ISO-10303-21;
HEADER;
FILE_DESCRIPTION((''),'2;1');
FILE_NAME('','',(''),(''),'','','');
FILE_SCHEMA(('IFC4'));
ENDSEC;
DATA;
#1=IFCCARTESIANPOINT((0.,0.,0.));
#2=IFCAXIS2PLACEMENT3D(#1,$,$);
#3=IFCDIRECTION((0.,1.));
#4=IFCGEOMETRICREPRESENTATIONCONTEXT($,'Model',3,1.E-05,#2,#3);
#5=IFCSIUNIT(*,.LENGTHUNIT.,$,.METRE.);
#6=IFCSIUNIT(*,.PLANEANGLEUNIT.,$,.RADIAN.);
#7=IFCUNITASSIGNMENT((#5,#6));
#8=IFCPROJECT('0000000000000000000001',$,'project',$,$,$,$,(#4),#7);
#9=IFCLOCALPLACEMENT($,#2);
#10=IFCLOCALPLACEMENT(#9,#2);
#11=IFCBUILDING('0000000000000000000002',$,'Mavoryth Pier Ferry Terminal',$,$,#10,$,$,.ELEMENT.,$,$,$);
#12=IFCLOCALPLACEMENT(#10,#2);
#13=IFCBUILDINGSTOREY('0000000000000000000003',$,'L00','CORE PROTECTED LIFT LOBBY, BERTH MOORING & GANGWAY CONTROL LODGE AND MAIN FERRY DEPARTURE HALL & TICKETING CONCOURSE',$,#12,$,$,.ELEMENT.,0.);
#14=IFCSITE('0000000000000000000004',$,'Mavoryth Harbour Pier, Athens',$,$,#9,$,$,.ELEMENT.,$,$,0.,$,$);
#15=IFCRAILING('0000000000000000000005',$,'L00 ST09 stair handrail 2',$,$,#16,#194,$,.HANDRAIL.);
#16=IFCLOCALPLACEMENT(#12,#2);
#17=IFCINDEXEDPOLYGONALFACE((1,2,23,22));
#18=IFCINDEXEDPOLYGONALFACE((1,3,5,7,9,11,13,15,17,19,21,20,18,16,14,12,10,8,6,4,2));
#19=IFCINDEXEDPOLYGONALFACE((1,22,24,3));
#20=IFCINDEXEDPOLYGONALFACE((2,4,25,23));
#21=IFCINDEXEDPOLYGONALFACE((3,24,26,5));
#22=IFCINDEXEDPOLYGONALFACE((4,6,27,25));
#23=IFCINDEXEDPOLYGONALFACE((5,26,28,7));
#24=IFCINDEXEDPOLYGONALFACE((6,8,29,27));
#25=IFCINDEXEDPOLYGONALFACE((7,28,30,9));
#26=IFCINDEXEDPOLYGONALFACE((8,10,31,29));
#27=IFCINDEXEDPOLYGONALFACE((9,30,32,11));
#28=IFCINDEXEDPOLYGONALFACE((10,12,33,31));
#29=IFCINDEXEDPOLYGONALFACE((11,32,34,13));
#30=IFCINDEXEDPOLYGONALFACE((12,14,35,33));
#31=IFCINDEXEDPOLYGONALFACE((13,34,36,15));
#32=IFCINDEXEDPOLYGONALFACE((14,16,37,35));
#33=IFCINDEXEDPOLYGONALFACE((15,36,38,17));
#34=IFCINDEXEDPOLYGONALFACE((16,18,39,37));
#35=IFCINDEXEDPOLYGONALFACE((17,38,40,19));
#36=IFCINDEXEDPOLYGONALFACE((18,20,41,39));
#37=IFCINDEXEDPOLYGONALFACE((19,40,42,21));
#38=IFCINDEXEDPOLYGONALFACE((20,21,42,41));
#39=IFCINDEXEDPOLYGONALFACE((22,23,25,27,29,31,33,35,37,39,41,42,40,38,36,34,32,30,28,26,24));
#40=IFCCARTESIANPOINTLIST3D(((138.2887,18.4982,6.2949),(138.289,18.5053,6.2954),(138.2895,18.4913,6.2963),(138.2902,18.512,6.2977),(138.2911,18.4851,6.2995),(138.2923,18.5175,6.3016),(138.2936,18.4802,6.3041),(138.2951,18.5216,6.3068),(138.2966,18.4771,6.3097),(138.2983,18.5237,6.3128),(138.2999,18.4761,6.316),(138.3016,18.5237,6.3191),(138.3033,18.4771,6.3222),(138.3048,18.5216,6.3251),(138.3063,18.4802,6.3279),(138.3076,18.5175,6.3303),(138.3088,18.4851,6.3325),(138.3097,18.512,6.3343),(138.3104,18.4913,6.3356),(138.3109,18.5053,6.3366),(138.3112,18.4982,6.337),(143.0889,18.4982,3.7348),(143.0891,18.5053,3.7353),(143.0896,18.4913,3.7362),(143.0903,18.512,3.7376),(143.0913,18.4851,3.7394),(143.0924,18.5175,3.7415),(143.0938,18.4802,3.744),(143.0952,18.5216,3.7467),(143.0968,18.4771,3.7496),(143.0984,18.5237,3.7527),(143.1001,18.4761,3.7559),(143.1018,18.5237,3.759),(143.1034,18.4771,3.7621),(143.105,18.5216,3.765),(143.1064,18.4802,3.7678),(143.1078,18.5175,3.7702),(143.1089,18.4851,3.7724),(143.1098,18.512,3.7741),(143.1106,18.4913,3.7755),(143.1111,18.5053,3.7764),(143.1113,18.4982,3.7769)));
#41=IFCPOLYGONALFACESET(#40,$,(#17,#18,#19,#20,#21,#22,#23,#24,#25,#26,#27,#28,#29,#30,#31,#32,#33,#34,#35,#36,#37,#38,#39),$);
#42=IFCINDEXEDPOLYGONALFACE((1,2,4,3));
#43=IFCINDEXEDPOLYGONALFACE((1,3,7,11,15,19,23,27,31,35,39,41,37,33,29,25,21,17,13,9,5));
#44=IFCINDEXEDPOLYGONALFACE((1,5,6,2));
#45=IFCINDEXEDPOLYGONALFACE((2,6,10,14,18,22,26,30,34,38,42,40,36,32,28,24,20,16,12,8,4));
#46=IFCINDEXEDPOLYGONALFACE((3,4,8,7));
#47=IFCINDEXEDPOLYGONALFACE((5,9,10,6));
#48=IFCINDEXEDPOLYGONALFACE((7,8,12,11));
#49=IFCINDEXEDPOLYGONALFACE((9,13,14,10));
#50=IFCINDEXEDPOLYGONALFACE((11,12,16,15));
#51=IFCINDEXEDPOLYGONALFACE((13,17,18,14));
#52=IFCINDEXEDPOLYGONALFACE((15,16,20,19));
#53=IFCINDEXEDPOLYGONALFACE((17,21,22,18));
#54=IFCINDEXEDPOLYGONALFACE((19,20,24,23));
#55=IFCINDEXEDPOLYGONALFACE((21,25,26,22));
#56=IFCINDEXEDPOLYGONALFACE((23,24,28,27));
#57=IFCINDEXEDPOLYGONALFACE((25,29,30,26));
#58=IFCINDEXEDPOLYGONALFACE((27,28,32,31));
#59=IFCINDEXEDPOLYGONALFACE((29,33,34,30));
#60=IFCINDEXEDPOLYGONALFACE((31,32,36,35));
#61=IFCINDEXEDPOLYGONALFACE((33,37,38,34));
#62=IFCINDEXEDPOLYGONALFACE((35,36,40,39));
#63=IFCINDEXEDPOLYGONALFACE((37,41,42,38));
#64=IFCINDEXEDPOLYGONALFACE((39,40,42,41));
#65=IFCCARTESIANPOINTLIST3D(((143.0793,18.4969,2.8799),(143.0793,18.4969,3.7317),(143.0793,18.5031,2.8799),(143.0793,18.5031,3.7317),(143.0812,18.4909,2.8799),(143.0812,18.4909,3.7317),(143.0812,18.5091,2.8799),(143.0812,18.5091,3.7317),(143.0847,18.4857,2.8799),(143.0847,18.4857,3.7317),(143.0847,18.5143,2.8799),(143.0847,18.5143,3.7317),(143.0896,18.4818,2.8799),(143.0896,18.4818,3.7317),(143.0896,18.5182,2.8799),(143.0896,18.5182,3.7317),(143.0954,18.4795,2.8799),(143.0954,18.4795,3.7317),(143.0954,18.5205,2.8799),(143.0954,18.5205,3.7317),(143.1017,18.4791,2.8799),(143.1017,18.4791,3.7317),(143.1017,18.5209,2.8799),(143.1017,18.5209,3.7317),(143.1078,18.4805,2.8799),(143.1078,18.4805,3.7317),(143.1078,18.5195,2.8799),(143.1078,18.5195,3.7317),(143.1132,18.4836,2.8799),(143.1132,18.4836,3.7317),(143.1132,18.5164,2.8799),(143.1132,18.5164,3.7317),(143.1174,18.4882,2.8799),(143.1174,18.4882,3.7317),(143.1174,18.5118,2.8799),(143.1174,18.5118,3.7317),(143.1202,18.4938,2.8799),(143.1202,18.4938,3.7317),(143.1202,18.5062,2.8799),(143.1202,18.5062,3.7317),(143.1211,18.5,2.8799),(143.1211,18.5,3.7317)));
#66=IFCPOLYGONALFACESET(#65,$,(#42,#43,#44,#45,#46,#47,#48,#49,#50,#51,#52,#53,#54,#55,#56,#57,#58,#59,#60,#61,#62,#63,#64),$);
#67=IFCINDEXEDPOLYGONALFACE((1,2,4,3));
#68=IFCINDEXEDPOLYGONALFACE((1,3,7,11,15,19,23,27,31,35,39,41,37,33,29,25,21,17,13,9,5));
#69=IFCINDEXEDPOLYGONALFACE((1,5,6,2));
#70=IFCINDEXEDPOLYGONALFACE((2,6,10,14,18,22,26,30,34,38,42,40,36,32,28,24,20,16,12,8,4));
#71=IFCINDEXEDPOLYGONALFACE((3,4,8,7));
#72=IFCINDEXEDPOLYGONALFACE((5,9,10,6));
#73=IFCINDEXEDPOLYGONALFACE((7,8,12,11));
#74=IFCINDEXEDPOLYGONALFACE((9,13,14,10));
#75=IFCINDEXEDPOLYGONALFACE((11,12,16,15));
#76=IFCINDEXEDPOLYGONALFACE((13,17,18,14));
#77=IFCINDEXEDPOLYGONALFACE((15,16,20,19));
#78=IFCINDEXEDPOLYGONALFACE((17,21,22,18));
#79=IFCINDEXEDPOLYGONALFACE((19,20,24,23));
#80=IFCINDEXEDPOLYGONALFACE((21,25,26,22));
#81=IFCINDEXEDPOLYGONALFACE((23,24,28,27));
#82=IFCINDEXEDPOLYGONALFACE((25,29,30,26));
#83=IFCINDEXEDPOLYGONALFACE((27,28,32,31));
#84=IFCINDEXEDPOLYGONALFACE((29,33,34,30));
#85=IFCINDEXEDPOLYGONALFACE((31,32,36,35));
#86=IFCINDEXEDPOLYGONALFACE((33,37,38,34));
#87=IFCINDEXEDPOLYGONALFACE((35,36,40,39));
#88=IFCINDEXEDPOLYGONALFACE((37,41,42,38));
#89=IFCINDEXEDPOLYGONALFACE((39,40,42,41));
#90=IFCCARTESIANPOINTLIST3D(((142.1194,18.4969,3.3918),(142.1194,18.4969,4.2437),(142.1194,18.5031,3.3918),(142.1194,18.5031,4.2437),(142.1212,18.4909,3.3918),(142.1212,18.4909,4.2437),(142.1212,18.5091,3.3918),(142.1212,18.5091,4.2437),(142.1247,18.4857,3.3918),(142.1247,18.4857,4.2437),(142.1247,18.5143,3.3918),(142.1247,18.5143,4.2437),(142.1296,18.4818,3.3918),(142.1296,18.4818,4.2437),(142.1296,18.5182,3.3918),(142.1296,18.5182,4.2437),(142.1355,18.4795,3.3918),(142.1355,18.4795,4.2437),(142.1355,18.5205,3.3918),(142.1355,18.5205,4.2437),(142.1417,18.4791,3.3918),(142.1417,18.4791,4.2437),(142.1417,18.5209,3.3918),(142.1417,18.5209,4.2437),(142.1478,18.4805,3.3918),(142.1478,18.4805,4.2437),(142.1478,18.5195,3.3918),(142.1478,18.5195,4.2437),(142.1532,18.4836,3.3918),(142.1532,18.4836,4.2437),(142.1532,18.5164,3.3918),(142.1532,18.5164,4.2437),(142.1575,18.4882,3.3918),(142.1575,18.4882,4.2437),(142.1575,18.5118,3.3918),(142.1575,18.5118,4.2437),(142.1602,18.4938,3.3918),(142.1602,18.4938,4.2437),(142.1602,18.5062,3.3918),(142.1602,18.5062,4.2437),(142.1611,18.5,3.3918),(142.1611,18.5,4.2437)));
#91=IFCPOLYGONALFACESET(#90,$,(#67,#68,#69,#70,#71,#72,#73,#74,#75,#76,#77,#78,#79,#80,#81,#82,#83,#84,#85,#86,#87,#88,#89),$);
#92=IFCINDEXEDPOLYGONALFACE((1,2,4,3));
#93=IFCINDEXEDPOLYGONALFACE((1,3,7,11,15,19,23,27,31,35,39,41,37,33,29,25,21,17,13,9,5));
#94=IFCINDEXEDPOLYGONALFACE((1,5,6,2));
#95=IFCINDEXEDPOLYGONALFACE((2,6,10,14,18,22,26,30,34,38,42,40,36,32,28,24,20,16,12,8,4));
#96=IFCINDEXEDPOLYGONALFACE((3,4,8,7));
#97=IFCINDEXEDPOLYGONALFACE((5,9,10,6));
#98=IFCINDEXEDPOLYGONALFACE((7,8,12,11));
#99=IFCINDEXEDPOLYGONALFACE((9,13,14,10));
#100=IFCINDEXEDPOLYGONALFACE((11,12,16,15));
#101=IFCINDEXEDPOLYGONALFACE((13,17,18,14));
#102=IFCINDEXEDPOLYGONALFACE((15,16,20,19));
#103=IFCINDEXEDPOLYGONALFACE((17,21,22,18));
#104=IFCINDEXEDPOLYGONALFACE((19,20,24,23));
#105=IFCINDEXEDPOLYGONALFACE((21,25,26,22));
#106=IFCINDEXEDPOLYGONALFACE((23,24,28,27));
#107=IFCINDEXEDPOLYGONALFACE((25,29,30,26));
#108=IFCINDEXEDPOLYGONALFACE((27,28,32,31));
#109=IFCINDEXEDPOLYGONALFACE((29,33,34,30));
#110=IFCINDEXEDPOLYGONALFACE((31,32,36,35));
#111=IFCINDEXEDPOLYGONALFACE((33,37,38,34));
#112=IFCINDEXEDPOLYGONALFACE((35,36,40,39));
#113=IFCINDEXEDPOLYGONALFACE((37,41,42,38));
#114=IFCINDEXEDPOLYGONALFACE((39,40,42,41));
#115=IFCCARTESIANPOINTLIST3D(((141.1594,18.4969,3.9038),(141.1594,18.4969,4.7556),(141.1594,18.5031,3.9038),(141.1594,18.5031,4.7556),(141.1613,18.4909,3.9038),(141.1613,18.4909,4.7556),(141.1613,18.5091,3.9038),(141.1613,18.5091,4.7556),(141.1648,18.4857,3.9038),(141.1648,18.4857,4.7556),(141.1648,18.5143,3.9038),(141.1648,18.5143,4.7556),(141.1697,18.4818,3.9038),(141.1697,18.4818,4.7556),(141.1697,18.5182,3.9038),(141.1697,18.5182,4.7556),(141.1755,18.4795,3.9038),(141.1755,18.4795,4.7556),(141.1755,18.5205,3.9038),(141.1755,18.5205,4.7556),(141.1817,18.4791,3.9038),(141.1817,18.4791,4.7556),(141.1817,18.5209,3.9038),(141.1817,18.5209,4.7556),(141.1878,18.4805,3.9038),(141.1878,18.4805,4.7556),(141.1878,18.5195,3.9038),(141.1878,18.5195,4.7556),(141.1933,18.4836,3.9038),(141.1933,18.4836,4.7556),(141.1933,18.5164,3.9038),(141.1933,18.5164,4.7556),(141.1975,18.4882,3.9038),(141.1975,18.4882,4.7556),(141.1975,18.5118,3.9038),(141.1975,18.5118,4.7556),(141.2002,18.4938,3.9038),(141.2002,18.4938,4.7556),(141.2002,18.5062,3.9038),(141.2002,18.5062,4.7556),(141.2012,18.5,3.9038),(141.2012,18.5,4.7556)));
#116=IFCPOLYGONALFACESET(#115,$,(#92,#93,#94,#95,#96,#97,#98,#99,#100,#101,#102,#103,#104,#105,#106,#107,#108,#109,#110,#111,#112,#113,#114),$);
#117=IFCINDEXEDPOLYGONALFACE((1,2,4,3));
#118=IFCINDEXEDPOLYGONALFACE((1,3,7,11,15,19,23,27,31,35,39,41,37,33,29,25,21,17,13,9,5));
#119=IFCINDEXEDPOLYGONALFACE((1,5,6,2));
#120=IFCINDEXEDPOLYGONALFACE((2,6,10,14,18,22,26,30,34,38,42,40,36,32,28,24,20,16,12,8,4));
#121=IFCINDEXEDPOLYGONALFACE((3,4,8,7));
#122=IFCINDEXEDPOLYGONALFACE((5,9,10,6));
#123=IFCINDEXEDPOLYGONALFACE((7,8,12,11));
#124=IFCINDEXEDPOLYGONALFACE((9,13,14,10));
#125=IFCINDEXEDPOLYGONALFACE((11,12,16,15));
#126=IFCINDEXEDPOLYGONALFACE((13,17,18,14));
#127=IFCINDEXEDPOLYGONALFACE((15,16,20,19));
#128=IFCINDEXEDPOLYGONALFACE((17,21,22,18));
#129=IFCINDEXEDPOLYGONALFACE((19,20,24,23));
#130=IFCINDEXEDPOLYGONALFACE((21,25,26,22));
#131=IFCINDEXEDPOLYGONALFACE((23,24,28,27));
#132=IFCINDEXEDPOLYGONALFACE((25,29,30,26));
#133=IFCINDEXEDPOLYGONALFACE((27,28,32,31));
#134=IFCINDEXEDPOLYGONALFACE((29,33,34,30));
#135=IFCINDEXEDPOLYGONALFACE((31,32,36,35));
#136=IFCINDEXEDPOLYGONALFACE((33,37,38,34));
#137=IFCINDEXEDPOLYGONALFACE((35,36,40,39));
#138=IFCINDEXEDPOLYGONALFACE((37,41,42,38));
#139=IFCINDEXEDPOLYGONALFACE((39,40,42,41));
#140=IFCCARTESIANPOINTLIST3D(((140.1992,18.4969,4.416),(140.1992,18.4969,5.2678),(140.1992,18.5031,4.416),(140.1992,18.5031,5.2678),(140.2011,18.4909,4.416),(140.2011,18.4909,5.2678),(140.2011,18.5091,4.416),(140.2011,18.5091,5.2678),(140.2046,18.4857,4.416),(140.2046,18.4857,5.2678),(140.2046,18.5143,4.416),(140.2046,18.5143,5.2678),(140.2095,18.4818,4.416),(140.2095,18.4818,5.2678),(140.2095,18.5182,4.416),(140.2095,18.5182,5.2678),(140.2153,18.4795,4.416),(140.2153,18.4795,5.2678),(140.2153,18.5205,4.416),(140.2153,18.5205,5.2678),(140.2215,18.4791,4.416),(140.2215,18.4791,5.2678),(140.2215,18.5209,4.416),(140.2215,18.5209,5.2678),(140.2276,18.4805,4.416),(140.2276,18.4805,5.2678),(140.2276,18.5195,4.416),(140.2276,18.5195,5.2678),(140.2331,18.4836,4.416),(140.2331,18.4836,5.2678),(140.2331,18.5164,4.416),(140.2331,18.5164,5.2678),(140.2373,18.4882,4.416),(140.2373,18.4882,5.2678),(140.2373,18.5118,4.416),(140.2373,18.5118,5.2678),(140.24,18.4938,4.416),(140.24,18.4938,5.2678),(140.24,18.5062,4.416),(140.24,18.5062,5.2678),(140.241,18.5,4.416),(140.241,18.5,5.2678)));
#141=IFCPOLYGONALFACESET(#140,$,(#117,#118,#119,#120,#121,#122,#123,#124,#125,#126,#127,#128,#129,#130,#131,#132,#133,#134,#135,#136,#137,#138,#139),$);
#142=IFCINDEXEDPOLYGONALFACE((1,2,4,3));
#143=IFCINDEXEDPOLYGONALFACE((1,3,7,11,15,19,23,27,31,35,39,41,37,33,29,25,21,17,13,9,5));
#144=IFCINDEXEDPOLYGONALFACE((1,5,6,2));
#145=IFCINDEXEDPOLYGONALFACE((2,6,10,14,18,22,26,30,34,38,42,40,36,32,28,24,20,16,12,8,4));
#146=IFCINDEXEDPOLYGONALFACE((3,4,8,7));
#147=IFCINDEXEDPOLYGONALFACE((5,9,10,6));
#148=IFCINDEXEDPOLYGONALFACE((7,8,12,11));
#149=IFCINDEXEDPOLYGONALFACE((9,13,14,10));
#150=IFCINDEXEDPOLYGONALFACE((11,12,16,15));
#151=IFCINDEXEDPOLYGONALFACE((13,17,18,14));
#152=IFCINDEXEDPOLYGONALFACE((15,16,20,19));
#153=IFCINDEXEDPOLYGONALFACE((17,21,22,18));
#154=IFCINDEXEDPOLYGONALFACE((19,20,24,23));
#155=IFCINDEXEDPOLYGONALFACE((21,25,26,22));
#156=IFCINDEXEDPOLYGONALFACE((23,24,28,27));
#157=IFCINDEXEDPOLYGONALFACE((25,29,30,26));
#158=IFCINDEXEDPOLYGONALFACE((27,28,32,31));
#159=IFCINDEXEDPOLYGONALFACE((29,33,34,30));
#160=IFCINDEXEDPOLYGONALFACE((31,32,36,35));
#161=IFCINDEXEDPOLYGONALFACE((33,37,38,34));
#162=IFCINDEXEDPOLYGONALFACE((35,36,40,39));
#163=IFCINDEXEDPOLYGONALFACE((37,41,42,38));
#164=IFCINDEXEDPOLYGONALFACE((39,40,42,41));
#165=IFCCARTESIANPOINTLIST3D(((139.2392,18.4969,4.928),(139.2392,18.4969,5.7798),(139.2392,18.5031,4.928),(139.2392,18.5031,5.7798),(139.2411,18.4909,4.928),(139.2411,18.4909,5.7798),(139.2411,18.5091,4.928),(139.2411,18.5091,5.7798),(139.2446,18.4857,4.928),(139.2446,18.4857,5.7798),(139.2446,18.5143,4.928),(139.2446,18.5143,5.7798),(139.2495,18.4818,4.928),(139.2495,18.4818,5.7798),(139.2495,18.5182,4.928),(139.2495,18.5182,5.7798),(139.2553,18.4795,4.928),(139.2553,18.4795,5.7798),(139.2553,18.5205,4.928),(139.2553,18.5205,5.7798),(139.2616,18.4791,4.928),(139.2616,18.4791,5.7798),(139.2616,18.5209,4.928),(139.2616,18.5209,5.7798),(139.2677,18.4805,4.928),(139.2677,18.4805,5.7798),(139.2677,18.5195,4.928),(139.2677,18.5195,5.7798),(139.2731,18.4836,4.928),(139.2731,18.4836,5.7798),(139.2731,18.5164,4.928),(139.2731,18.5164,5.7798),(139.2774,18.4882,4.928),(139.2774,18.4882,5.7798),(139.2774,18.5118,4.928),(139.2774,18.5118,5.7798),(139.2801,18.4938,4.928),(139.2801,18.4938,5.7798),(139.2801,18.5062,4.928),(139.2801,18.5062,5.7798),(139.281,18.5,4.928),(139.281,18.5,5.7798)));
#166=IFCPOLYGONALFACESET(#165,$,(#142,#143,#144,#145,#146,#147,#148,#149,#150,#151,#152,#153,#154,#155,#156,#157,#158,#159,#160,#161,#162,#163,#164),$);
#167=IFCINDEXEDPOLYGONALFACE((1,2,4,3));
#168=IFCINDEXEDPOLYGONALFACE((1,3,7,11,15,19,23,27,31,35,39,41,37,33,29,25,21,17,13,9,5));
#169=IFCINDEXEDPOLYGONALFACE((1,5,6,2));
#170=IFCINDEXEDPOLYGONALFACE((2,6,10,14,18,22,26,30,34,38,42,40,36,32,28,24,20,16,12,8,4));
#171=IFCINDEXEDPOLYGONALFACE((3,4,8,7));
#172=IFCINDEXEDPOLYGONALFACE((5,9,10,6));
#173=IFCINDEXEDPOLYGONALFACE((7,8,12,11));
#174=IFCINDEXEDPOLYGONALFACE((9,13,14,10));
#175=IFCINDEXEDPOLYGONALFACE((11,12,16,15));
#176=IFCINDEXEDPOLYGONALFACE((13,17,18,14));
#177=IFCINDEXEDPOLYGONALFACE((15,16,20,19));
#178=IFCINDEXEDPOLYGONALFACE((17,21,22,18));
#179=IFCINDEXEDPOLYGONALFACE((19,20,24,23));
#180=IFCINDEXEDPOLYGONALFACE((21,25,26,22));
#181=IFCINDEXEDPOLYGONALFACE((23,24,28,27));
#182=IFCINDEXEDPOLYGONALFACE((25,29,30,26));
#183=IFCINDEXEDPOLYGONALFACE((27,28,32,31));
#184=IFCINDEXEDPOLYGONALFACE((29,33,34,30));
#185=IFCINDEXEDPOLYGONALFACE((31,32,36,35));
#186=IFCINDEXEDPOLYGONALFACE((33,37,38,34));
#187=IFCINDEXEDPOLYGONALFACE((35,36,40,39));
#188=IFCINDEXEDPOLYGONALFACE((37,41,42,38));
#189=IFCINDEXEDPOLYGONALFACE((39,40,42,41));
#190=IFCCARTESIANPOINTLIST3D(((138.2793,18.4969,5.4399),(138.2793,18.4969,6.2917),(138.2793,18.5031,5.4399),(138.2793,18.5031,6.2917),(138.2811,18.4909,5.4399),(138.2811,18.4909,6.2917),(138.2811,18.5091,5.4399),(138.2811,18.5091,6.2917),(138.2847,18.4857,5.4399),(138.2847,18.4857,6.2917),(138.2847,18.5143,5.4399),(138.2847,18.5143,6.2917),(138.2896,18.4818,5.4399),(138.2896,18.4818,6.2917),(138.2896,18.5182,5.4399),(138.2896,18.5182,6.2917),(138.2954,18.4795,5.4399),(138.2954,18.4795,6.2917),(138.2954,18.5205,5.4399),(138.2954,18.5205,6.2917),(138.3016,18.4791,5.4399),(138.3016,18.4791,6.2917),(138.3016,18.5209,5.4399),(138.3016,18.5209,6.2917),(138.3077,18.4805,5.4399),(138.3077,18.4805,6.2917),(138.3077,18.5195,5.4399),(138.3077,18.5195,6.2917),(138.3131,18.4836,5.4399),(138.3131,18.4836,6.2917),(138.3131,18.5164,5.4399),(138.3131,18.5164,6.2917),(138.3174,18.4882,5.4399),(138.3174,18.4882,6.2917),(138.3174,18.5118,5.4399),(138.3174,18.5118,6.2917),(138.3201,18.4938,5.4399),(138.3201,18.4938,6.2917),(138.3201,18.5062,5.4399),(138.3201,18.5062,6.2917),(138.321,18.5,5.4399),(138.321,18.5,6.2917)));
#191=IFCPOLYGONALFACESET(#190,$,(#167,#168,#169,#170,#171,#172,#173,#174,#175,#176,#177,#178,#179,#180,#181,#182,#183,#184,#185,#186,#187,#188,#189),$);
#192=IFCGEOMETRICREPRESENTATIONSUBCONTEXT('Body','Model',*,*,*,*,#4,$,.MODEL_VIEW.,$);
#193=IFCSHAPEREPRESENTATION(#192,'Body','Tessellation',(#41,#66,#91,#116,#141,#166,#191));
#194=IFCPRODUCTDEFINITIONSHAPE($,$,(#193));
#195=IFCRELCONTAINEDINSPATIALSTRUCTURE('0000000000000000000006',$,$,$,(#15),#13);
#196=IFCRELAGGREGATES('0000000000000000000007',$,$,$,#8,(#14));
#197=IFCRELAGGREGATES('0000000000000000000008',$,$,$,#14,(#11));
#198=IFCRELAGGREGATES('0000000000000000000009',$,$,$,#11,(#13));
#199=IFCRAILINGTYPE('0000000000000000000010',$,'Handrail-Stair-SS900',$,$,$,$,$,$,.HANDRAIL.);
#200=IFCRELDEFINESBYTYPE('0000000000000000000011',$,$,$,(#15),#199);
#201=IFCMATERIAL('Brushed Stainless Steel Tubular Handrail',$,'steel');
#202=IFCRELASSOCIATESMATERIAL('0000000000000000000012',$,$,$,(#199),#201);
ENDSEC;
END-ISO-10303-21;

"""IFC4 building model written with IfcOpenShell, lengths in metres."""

from ifc_helpers import new_model, si_unit, direction, frame, origin, origin_2d, place, context, subcontext, project, spatial, circle, extrude, material, type_object, element, save


model = new_model("IFC4")

# Units and contexts
model_context = context("Model", 3, precision=1e-05, world=origin(), true_north=direction((0.0, 1.0)))
body_context = subcontext(model_context, "Body", "Model", "MODEL_VIEW")
ifc_project = project(units=[si_unit("LENGTHUNIT", "METRE"), si_unit("PLANEANGLEUNIT", "RADIAN")], contexts=[model_context])

# Site, building, storey
site_placement = place(None, origin())
site = spatial("IfcSite", under=ifc_project, at=site_placement, Name="Mavoryth Harbour Pier, Athens", CompositionType="ELEMENT", RefElevation=0.0)
building_placement = place(site_placement, origin())
building = spatial("IfcBuilding", under=site, at=building_placement, Name="Mavoryth Pier Ferry Terminal", CompositionType="ELEMENT")
storey_placement = place(building_placement, origin())
storey = spatial("IfcBuildingStorey", under=building, at=storey_placement, Name="L00", Description="CORE PROTECTED LIFT LOBBY, BERTH MOORING & GANGWAY CONTROL LODGE AND MAIN FERRY DEPARTURE HALL & TICKETING CONCOURSE", CompositionType="ELEMENT", Elevation=0.0)

# Railing
ifc_material_1 = material(Name="Brushed Stainless Steel Tubular Handrail", Category="steel")
railing_type_1 = type_object("IfcRailingType", Name="Handrail-Stair-SS900", PredefinedType="HANDRAIL", material=ifc_material_1)
railing_1_placement = place(storey_placement, frame((143.1001, 18.5, 2.8799)))
element("IfcRailing", 1, at=railing_1_placement, inside=storey, type_object=railing_type_1, Name="L00 ST09 stair handrail 2", PredefinedType="HANDRAIL", context=body_context, shape_type="SweptSolid", body=[
    extrude(circle(Radius=0.0239, at=origin_2d()), frame((0.0, 0.0, 0.876), z_axis=(-0.88235, 0.0, 0.470593), x_axis=(0.0, -1.0, 0.0)), (0.0, 0.0, 1.0), 5.4402),
    extrude(circle(Radius=0.021, at=origin_2d()), origin(), (0.0, 0.0, 1.0), 0.8518),
    extrude(circle(Radius=0.021, at=origin_2d()), frame((-0.96, 0.0, 0.512)), (0.0, 0.0, 1.0), 0.8518),
    extrude(circle(Radius=0.021, at=origin_2d()), frame((-1.9199, 0.0, 1.0239)), (0.0, 0.0, 1.0), 0.8518),
    extrude(circle(Radius=0.021, at=origin_2d()), frame((-2.8801, 0.0, 1.5361)), (0.0, 0.0, 1.0), 0.8518),
    extrude(circle(Radius=0.021, at=origin_2d()), frame((-3.8401, 0.0, 2.0481)), (0.0, 0.0, 1.0), 0.8518),
    extrude(circle(Radius=0.021, at=origin_2d()), frame((-4.8, 0.0, 2.5601)), (0.0, 0.0, 1.0), 0.8518),
])

save(model, "model.ifc")
